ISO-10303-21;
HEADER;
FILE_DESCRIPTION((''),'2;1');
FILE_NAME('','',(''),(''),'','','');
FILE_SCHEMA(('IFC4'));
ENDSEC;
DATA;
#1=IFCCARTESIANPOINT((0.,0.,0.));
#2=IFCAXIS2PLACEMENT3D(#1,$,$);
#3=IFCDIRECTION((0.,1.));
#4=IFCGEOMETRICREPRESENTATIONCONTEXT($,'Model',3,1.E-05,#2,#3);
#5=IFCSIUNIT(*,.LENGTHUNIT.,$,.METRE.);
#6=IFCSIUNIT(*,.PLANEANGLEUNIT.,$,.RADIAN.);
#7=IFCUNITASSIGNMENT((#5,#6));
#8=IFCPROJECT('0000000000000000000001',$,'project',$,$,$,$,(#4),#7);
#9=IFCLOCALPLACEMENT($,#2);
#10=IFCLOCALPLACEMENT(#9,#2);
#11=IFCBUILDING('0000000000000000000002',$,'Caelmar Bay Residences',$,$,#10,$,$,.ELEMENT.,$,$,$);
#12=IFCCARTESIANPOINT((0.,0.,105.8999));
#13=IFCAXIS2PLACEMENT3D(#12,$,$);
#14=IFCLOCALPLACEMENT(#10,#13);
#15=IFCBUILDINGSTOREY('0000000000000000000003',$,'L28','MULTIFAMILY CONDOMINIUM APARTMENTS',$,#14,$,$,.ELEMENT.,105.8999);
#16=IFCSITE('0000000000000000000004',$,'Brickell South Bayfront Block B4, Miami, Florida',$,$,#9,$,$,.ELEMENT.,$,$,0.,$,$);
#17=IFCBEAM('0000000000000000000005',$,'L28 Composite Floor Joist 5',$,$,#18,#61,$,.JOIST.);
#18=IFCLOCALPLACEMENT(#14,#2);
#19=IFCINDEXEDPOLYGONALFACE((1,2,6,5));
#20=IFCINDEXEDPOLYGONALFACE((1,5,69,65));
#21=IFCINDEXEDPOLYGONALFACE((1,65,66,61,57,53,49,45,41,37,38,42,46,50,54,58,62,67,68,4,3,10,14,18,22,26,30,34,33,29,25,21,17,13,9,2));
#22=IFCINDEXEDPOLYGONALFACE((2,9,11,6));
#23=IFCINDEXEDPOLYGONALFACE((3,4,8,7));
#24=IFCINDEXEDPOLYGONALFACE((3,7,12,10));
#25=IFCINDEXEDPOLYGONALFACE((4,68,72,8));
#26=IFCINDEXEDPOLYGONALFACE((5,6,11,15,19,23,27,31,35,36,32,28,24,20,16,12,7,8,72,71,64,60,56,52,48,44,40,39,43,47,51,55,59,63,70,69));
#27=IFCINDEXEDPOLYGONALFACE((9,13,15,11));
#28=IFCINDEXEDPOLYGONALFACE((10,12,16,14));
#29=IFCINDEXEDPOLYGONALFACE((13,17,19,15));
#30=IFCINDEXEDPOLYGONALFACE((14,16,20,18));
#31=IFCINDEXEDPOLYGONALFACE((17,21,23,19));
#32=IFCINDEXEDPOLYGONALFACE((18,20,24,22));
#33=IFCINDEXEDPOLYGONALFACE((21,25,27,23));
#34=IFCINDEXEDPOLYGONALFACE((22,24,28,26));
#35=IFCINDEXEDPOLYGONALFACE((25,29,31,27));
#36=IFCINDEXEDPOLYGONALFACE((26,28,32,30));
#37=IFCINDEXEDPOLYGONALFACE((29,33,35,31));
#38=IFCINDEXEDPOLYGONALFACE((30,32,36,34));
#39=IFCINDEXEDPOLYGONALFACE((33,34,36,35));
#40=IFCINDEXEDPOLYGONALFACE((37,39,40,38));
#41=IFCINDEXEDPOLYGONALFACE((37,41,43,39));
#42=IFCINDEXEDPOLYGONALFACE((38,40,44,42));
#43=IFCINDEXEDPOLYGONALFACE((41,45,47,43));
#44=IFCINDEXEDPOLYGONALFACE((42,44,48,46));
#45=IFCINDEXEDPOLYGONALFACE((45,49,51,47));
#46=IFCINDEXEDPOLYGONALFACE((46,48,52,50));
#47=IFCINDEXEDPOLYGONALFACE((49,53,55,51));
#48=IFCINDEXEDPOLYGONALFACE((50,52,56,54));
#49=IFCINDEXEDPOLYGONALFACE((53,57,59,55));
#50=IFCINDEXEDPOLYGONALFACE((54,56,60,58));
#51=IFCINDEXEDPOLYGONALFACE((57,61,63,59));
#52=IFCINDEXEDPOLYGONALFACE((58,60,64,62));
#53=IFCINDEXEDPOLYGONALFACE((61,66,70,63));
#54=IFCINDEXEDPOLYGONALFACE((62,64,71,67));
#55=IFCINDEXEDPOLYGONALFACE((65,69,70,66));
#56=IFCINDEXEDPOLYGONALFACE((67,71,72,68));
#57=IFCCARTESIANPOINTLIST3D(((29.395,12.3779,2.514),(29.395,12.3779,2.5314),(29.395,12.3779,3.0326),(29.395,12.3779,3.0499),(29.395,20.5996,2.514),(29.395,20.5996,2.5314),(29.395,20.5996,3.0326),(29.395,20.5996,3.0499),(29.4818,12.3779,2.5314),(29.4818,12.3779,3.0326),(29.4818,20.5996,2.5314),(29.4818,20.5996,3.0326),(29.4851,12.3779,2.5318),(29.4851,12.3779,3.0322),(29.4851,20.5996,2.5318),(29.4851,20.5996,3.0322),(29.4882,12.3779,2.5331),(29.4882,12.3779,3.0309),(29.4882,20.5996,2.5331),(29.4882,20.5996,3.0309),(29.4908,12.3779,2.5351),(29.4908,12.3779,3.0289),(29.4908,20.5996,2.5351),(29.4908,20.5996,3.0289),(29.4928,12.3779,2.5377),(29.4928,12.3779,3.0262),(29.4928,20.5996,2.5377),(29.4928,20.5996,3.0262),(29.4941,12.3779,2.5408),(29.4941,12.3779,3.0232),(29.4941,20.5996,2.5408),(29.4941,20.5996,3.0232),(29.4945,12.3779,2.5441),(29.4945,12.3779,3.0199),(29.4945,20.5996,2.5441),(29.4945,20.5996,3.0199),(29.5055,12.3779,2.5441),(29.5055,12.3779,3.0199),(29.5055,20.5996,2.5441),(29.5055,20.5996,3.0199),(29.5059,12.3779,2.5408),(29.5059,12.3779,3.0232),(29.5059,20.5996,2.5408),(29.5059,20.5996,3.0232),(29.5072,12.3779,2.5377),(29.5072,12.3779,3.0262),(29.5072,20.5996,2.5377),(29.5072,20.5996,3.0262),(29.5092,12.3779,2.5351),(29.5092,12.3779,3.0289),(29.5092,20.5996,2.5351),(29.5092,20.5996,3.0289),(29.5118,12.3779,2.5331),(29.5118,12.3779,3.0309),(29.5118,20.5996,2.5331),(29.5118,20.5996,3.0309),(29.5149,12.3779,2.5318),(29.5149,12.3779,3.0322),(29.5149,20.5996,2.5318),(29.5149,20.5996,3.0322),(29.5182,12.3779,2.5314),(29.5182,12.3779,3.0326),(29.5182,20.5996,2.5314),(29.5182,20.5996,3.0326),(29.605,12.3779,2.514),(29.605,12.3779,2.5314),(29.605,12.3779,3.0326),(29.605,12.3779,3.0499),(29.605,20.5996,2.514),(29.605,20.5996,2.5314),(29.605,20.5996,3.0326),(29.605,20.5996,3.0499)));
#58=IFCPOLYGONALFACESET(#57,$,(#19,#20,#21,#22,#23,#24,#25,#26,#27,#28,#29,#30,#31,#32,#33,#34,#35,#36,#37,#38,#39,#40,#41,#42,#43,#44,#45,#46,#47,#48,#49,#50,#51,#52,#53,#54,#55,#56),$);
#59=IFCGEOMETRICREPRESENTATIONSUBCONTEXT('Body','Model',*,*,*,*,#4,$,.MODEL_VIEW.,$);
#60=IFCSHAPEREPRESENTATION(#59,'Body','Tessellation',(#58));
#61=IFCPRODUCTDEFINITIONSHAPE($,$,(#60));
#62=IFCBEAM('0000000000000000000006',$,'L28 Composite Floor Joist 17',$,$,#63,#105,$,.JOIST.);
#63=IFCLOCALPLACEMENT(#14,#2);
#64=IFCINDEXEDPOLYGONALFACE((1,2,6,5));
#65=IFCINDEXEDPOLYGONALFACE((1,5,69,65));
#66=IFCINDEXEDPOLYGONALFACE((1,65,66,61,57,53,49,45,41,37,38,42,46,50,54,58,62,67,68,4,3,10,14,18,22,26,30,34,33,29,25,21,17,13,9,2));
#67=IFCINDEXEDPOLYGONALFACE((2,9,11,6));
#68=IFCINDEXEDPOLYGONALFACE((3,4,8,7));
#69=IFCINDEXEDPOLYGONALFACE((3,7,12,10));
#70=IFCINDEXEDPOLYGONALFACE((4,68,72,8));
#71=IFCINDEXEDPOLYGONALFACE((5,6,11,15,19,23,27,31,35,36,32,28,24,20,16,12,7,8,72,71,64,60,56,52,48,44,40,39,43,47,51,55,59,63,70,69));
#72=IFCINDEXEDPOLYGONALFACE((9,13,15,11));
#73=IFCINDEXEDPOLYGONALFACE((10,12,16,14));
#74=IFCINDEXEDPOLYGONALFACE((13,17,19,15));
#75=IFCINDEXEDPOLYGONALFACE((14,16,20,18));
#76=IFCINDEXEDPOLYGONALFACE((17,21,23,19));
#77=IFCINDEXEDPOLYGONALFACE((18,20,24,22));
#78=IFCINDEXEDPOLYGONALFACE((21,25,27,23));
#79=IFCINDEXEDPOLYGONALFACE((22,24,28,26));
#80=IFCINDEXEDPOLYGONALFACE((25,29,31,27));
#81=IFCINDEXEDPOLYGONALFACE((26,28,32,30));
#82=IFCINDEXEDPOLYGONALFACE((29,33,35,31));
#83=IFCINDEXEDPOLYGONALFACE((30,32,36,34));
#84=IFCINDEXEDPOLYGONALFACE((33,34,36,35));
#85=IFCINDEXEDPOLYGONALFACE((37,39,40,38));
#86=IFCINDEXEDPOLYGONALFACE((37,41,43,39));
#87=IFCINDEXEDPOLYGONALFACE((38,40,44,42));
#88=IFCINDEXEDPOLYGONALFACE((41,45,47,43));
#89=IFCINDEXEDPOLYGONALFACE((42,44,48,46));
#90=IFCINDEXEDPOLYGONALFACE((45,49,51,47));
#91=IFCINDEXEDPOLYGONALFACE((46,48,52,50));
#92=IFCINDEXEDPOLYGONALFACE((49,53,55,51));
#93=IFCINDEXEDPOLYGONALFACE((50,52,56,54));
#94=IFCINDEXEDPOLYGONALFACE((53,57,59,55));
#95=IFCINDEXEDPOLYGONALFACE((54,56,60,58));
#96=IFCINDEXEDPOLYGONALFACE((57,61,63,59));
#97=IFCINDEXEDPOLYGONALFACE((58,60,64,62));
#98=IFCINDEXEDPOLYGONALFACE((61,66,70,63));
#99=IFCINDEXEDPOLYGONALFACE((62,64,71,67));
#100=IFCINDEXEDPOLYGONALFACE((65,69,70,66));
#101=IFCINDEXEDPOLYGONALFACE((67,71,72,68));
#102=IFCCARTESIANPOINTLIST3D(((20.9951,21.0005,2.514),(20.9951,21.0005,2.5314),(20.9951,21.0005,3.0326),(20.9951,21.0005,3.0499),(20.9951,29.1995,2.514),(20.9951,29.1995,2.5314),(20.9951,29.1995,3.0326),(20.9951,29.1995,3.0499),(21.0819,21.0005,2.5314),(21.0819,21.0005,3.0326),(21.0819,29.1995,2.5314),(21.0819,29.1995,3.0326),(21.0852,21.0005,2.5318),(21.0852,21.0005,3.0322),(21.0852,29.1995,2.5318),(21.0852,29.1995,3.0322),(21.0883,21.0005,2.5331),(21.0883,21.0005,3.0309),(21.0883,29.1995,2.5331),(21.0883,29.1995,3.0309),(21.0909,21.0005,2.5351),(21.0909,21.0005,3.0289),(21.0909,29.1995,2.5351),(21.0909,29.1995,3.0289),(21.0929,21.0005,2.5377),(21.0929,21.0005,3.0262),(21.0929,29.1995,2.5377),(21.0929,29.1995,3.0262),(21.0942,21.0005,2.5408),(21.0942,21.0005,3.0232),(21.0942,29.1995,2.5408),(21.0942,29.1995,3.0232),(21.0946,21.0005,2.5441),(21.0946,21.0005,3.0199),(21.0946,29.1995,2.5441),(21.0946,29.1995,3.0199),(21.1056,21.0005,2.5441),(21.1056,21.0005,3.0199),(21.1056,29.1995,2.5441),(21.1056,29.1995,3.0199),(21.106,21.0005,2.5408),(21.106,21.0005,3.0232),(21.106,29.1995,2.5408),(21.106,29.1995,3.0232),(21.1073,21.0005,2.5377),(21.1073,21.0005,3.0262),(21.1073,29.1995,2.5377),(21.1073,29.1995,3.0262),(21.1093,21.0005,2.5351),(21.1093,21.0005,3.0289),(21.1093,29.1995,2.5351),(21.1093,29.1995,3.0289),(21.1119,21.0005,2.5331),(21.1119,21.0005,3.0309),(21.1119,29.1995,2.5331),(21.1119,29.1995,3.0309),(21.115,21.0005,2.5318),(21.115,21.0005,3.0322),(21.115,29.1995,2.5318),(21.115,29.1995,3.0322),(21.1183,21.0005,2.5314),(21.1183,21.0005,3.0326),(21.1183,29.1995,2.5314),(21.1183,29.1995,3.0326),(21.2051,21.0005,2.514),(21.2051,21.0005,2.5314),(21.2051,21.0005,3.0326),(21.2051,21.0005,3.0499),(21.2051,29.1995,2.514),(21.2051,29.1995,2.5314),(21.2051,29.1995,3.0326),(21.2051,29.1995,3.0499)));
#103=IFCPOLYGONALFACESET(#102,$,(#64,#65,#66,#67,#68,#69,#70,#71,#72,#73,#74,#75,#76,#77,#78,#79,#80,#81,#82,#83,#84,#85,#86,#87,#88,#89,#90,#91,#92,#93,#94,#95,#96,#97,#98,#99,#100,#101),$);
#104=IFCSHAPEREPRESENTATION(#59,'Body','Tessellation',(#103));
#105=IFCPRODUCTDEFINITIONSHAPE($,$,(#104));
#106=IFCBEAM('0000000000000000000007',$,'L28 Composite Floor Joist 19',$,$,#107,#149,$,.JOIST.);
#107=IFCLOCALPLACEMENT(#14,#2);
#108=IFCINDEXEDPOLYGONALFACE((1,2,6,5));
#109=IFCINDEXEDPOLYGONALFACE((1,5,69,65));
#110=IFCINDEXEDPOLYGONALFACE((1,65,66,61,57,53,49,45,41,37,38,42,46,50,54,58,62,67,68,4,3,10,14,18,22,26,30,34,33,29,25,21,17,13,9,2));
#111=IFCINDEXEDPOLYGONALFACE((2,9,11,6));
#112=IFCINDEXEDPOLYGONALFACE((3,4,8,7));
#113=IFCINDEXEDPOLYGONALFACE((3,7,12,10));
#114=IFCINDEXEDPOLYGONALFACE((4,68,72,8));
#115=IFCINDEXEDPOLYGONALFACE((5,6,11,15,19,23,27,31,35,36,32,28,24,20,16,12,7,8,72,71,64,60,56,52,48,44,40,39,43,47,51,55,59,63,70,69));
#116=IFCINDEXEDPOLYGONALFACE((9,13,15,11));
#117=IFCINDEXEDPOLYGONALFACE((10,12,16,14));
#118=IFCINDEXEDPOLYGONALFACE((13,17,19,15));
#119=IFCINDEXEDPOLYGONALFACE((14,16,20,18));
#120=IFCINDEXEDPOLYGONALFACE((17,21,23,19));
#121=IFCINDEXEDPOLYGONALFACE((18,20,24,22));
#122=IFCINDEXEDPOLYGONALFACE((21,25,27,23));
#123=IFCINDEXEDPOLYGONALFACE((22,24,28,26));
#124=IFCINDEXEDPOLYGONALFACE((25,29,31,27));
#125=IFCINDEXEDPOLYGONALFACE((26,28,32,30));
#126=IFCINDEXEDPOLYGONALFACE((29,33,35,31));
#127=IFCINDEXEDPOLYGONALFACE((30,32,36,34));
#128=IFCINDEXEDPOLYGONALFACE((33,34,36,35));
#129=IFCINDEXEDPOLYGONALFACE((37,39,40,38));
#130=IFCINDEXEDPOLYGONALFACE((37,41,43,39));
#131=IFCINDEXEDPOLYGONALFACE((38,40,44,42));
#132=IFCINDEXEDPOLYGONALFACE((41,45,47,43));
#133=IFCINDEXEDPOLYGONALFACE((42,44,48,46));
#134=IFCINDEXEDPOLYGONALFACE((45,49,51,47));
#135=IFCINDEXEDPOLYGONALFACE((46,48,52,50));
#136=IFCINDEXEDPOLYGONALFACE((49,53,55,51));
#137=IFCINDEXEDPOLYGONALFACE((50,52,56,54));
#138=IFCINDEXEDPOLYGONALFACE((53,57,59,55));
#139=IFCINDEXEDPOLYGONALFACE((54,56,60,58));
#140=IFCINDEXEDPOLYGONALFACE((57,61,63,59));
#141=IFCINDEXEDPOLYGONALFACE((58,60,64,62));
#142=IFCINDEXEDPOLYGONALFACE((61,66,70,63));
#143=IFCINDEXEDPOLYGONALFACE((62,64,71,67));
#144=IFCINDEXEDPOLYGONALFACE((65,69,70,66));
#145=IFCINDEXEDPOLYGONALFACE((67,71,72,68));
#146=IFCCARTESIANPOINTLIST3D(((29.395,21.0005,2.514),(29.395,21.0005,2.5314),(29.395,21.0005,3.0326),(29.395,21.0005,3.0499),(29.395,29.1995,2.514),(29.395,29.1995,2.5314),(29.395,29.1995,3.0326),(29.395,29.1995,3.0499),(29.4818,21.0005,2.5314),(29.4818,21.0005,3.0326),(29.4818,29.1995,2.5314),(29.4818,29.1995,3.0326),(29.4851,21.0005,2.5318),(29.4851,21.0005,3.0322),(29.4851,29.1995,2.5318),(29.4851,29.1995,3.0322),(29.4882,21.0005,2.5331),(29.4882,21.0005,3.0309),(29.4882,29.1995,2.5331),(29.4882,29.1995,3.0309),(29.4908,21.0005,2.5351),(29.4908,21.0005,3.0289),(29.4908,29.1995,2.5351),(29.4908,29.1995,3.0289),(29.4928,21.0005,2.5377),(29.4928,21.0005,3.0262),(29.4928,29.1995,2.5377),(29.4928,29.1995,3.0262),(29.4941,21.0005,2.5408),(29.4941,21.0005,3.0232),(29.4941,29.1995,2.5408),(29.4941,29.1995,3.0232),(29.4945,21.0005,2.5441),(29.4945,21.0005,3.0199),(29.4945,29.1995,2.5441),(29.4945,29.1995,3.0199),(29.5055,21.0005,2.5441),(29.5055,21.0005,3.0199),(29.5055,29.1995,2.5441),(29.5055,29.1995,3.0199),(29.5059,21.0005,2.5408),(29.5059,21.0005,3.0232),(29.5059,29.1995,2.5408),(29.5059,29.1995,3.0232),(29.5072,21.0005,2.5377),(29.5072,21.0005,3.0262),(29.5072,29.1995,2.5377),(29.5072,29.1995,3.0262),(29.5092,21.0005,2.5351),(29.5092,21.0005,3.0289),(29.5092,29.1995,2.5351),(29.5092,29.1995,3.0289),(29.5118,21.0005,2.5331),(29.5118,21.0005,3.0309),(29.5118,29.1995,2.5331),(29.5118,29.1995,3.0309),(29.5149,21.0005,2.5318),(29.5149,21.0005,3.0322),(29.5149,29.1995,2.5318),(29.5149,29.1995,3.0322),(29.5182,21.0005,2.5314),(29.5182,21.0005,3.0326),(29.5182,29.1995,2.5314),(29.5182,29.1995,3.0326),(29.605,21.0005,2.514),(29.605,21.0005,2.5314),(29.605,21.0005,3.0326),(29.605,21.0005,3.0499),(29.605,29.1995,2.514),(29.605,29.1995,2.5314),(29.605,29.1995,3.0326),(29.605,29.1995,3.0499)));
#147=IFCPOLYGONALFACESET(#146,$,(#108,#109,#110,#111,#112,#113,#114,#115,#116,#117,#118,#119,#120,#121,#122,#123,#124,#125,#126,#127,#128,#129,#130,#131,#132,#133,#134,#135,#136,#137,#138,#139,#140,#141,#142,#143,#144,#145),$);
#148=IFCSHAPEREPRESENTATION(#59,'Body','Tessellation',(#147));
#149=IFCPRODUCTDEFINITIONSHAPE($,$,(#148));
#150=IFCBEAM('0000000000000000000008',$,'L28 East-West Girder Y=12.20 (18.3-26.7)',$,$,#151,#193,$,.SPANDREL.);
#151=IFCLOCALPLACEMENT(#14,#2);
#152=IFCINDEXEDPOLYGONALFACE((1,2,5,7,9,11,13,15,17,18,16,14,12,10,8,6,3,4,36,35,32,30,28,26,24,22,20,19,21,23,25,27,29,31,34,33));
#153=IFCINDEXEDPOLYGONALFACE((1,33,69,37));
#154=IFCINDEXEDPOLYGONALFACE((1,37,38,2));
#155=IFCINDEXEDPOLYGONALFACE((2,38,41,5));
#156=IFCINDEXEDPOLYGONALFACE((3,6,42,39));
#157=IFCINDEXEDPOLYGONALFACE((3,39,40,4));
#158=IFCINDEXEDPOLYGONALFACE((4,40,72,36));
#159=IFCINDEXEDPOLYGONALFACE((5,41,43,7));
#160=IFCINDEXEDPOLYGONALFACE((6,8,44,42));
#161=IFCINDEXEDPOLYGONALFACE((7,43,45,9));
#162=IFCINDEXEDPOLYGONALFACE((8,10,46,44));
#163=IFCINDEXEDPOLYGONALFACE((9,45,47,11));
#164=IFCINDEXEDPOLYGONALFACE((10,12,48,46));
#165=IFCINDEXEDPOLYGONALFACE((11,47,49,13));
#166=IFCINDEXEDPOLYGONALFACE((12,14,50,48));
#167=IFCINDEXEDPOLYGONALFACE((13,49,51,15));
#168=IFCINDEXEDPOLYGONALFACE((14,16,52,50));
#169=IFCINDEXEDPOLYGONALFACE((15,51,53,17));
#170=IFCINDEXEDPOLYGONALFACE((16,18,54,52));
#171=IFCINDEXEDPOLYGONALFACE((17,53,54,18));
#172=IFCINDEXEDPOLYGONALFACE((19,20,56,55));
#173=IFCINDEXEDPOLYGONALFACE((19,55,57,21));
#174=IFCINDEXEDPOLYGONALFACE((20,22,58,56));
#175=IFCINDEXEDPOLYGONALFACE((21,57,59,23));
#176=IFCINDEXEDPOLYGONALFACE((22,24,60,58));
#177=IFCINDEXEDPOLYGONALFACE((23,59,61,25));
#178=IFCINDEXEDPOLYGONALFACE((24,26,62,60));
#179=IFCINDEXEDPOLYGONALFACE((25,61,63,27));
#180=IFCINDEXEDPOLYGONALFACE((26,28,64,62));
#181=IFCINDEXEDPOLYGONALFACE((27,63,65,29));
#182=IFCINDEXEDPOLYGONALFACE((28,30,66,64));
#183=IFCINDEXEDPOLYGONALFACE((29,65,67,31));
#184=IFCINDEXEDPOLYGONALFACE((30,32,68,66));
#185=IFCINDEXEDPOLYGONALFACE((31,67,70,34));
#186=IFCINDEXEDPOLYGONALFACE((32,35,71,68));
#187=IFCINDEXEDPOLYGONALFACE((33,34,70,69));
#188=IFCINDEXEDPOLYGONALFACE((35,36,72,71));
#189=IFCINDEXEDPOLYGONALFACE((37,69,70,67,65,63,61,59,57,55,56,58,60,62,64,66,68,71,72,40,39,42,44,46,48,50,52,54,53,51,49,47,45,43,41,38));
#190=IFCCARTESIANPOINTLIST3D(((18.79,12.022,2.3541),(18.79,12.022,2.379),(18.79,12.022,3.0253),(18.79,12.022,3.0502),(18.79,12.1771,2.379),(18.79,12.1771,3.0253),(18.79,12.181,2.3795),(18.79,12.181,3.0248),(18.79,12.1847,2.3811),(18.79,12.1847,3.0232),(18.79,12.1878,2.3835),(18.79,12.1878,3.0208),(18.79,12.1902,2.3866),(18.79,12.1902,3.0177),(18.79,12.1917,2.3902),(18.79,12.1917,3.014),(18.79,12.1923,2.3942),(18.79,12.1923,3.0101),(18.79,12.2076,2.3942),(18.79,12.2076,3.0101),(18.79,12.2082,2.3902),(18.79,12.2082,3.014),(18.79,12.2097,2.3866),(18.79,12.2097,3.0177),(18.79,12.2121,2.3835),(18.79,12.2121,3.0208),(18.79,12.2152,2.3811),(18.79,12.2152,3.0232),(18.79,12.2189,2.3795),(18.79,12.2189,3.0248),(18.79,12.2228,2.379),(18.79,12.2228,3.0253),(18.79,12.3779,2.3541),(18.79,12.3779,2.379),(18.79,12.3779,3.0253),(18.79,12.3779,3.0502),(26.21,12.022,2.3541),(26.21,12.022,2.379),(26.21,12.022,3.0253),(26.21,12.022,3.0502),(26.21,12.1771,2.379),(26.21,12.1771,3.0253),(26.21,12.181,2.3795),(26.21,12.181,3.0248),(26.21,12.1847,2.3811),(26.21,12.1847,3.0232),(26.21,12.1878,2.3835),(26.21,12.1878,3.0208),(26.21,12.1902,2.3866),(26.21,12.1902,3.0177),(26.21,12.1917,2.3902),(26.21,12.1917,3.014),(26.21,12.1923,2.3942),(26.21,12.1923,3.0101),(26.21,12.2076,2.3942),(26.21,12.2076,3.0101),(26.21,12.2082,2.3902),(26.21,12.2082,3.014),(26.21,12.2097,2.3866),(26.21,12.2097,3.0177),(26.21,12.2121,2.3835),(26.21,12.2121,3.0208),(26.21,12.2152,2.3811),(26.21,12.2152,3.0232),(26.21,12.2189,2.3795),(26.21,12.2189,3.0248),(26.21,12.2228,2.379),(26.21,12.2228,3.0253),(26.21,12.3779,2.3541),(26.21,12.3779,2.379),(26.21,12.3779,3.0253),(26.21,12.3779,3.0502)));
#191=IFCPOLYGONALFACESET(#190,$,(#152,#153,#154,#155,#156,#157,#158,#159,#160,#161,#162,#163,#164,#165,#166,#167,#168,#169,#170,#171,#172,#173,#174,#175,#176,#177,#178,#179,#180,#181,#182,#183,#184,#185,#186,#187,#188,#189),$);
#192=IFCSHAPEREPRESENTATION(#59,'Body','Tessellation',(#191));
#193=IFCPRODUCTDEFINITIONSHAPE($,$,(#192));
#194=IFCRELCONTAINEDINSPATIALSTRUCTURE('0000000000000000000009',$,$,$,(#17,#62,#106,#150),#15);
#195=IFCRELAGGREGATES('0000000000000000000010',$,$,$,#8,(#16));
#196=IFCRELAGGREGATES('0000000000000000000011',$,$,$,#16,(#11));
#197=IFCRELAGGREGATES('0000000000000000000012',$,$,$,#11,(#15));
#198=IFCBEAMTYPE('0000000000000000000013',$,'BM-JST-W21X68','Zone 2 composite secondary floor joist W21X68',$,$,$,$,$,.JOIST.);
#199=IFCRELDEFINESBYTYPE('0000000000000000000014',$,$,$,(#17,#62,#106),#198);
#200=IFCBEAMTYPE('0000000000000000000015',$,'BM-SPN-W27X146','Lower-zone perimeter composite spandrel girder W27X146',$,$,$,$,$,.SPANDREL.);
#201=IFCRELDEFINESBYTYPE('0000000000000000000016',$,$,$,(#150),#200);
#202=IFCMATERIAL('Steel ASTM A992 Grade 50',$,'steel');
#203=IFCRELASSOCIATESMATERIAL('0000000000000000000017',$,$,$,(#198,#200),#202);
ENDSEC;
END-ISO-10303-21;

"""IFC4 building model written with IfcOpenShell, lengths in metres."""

from ifc_helpers import new_model, si_unit, direction, frame, origin, origin_2d, place, context, subcontext, project, spatial, i_section, extrude, material, material_profile, profile_set, type_object, element, save


model = new_model("IFC4")

# Units and contexts
model_context = context("Model", 3, precision=1e-05, world=origin(), true_north=direction((0.0, 1.0)))
body_context = subcontext(model_context, "Body", "Model", "MODEL_VIEW")
ifc_project = project(units=[si_unit("LENGTHUNIT", "METRE"), si_unit("PLANEANGLEUNIT", "RADIAN")], contexts=[model_context])

# Site, building, storey
site_placement = place(None, origin())
site = spatial("IfcSite", under=ifc_project, at=site_placement, Name="Brickell South Bayfront Block B4, Miami, Florida", CompositionType="ELEMENT", RefElevation=0.0)
building_placement = place(site_placement, origin())
building = spatial("IfcBuilding", under=site, at=building_placement, Name="Caelmar Bay Residences", CompositionType="ELEMENT")
storey_placement = place(building_placement, frame((0.0, 0.0, 105.8999)))
storey = spatial("IfcBuildingStorey", under=building, at=storey_placement, Name="L28", Description="MULTIFAMILY CONDOMINIUM APARTMENTS", CompositionType="ELEMENT", Elevation=105.8999)

# Beams
ifc_material_1 = material(Name="Steel ASTM A992 Grade 50", Category="steel")
ifc_material_profile_1 = material_profile(ifc_material_1, i_section(OverallWidth=0.21, OverallDepth=0.5359, WebThickness=0.011, FlangeThickness=0.0173, FilletRadius=0.0127, at=origin_2d()), Name="W21X68")
ifc_profile_set_1 = profile_set([ifc_material_profile_1], Name="Steel ASTM A992 Grade 50")
beam_type_1 = type_object("IfcBeamType", Name="BM-JST-W21X68", Description="Zone 2 composite secondary floor joist W21X68", PredefinedType="JOIST", material=ifc_profile_set_1)
for number, where, z_axis, x_axis, name in (
    (1, (29.5, 12.3779, 2.782), (0.0, 1.0, 0.0), (-1.0, 0.0, 0.0), "L28 Composite Floor Joist 5"),
):
    element("IfcBeam", number, at=place(storey_placement, frame(where, z_axis=z_axis, x_axis=x_axis)), inside=storey, type_object=beam_type_1, Name=name, PredefinedType="JOIST", context=body_context, shape_type="SweptSolid", body=[
        extrude(i_section(OverallWidth=0.21, OverallDepth=0.5359, WebThickness=0.011, FlangeThickness=0.0173, FilletRadius=0.0127, at=origin_2d()), origin(), (0.0, 0.0, 1.0), 8.2217),
    ])
for number, where, z_axis, x_axis, name in (
    (2, (21.1001, 21.0005, 2.782), (0.0, 1.0, 0.0), (-1.0, 0.0, 0.0), "L28 Composite Floor Joist 17"),
    (3, (29.5, 21.0005, 2.782), (0.0, 1.0, 0.0), (-1.0, 0.0, 0.0), "L28 Composite Floor Joist 19"),
):
    element("IfcBeam", number, at=place(storey_placement, frame(where, z_axis=z_axis, x_axis=x_axis)), inside=storey, type_object=beam_type_1, Name=name, PredefinedType="JOIST", context=body_context, shape_type="SweptSolid", body=[
        extrude(i_section(OverallWidth=0.21, OverallDepth=0.5359, WebThickness=0.011, FlangeThickness=0.0173, FilletRadius=0.0127, at=origin_2d()), origin(), (0.0, 0.0, 1.0), 8.199),
    ])
ifc_material_profile_2 = material_profile(ifc_material_1, i_section(OverallWidth=0.356, OverallDepth=0.696, WebThickness=0.0154, FlangeThickness=0.0249, FilletRadius=0.0151, at=origin_2d()), Name="W27X146")
ifc_profile_set_2 = profile_set([ifc_material_profile_2], Name="Steel ASTM A992 Grade 50")
beam_type_2 = type_object("IfcBeamType", Name="BM-SPN-W27X146", Description="Lower-zone perimeter composite spandrel girder W27X146", PredefinedType="SPANDREL", material=ifc_profile_set_2)
beam_1_placement = place(storey_placement, frame((18.79, 12.2, 2.7021), z_axis=(1.0, 0.0, 0.0), x_axis=(0.0, 1.0, 0.0)))
element("IfcBeam", 4, at=beam_1_placement, inside=storey, type_object=beam_type_2, Name="L28 East-West Girder Y=12.20 (18.3-26.7)", PredefinedType="SPANDREL", context=body_context, shape_type="SweptSolid", body=[
    extrude(i_section(OverallWidth=0.356, OverallDepth=0.696, WebThickness=0.0154, FlangeThickness=0.0249, FilletRadius=0.0151, at=origin_2d()), origin(), (0.0, 0.0, 1.0), 7.4199),
])

save(model, "model.ifc")
